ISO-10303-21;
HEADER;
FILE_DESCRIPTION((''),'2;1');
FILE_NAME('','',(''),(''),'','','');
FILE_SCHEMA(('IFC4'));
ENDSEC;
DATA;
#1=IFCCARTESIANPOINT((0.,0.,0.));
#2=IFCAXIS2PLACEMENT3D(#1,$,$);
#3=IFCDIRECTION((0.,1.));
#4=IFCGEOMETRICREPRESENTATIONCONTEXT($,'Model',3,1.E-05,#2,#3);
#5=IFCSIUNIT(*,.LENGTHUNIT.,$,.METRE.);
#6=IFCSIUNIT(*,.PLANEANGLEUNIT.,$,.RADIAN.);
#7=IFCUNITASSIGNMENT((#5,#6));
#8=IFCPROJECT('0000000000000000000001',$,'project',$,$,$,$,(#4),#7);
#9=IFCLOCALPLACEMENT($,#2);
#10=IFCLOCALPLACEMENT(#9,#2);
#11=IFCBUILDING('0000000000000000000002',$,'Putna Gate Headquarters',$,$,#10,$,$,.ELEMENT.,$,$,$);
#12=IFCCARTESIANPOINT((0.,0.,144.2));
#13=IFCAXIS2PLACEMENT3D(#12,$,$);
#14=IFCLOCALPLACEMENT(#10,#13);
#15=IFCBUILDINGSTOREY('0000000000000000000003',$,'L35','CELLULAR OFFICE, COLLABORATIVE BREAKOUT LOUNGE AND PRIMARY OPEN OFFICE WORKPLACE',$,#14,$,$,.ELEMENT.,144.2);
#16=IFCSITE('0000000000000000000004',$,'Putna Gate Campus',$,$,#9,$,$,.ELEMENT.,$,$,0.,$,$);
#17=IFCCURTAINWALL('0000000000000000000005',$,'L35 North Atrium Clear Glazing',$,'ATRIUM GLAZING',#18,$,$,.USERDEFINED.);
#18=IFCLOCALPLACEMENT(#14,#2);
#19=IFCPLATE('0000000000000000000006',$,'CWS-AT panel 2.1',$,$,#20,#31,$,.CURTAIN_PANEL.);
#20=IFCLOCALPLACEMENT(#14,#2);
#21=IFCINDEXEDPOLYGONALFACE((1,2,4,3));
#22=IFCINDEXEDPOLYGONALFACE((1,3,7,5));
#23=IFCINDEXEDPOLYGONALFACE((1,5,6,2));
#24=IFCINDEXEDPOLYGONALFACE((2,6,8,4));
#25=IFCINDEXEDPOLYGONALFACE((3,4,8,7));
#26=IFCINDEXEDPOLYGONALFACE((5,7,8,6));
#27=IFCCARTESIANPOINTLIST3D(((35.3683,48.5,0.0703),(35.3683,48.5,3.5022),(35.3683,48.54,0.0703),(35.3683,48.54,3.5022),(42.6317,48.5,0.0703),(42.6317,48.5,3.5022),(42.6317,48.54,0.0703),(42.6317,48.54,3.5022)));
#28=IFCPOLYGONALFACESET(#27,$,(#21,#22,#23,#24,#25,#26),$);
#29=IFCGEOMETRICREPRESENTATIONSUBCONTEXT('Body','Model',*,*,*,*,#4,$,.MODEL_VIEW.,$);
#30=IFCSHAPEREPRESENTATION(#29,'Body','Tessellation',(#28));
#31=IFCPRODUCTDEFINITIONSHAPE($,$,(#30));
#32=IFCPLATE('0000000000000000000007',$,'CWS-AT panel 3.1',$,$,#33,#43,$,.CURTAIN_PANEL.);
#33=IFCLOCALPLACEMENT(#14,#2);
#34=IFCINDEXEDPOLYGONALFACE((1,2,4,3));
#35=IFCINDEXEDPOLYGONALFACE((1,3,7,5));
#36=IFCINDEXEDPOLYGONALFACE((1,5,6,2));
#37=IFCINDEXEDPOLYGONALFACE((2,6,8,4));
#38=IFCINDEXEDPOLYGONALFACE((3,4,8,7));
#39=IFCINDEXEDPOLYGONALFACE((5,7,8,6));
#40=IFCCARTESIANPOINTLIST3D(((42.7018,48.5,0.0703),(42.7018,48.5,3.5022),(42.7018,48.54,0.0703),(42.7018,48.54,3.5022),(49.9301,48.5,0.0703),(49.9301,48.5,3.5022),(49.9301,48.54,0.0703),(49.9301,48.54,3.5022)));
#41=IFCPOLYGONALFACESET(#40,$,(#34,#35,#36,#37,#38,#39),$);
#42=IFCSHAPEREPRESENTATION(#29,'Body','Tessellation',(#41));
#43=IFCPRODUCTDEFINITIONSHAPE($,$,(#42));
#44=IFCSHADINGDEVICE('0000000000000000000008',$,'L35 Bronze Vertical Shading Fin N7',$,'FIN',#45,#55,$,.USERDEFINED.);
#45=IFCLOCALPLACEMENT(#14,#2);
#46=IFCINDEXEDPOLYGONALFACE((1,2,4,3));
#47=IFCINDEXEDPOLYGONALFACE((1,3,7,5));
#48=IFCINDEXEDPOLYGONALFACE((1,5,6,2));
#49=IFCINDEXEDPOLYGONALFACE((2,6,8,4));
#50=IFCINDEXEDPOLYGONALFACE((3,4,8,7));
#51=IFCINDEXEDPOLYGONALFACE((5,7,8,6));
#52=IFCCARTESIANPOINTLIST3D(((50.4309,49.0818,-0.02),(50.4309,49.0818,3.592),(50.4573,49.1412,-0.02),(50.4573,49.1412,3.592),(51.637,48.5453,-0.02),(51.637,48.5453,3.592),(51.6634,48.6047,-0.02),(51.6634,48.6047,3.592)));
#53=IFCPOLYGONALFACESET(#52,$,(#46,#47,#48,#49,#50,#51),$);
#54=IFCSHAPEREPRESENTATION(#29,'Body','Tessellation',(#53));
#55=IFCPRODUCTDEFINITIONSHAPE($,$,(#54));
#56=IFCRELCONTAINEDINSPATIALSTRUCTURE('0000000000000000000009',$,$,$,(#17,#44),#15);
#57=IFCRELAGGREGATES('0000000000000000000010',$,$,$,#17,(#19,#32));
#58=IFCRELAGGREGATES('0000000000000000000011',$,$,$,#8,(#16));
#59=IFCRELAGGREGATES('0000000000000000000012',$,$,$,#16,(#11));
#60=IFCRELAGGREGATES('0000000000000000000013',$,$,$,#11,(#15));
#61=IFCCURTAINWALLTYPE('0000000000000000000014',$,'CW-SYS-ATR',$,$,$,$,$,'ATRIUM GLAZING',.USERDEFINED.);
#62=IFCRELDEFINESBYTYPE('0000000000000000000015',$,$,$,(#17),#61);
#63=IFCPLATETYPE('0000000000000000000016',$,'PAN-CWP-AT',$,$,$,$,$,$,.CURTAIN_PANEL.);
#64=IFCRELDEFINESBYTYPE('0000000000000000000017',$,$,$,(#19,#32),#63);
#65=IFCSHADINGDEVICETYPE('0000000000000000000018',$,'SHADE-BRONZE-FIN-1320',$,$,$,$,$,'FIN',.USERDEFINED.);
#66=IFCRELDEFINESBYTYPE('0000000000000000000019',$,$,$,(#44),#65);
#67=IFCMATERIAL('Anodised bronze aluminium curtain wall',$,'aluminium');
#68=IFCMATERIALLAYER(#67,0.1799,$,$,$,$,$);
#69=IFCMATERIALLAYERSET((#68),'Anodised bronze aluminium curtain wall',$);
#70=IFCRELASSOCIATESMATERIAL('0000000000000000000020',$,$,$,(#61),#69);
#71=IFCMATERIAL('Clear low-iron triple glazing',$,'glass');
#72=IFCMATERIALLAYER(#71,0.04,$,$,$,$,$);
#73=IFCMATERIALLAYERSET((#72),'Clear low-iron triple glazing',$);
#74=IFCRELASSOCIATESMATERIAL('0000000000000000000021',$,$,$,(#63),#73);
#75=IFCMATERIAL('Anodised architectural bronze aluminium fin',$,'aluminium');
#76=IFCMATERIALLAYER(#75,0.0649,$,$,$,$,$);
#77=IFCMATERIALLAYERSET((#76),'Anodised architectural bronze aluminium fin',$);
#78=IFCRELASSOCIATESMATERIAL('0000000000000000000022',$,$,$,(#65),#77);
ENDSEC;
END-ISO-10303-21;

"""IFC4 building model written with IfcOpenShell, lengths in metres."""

from ifc_helpers import new_model, si_unit, direction, frame, origin, origin_2d, place, context, subcontext, project, spatial, rectangle, extrude, material, layer, layer_set, type_object, element, aggregate, save


model = new_model("IFC4")

# Units and contexts
model_context = context("Model", 3, precision=1e-05, world=origin(), true_north=direction((0.0, 1.0)))
body_context = subcontext(model_context, "Body", "Model", "MODEL_VIEW")
ifc_project = project(units=[si_unit("LENGTHUNIT", "METRE"), si_unit("PLANEANGLEUNIT", "RADIAN")], contexts=[model_context])

# Site, building, storey
site_placement = place(None, origin())
site = spatial("IfcSite", under=ifc_project, at=site_placement, Name="Putna Gate Campus", CompositionType="ELEMENT", RefElevation=0.0)
building_placement = place(site_placement, origin())
building = spatial("IfcBuilding", under=site, at=building_placement, Name="Putna Gate Headquarters", CompositionType="ELEMENT")
storey_placement = place(building_placement, frame((0.0, 0.0, 144.2)))
storey = spatial("IfcBuildingStorey", under=building, at=storey_placement, Name="L35", Description="CELLULAR OFFICE, COLLABORATIVE BREAKOUT LOUNGE AND PRIMARY OPEN OFFICE WORKPLACE", CompositionType="ELEMENT", Elevation=144.2)

# Shared definitions
ifc_material_1 = material(Name="Anodised bronze aluminium curtain wall", Category="aluminium")

# Curtain wall
ifc_layer_1 = layer(ifc_material_1, 0.1799)
ifc_layer_set_1 = layer_set([ifc_layer_1], Name="Anodised bronze aluminium curtain wall")
curtain_wall_type_1 = type_object("IfcCurtainWallType", Name="CW-SYS-ATR", ElementType="ATRIUM GLAZING", PredefinedType="USERDEFINED", material=ifc_layer_set_1)
curtain_wall_1_placement = place(storey_placement, origin())
curtain_wall_1 = element("IfcCurtainWall", 1, at=curtain_wall_1_placement, inside=storey, type_object=curtain_wall_type_1, Name="L35 North Atrium Clear Glazing", ObjectType="ATRIUM GLAZING", PredefinedType="USERDEFINED")

# Plates
ifc_material_2 = material(Name="Clear low-iron triple glazing", Category="glass")
ifc_layer_2 = layer(ifc_material_2, 0.04)
ifc_layer_set_2 = layer_set([ifc_layer_2], Name="Clear low-iron triple glazing")
plate_type = type_object("IfcPlateType", Name="PAN-CWP-AT", PredefinedType="CURTAIN_PANEL", material=ifc_layer_set_2)
plate_1_placement = place(storey_placement, frame((39.0, 48.52, 0.0703), z_axis=(0.0, 0.0, 1.0), x_axis=(1.0, 0.0, 0.0)))
plate_1 = element("IfcPlate", 2, at=plate_1_placement, type_object=plate_type, Name="CWS-AT panel 2.1", PredefinedType="CURTAIN_PANEL", context=body_context, shape_type="SweptSolid", body=[
    extrude(rectangle(XDim=7.2634, YDim=0.04, at=origin_2d()), origin(), (0.0, 0.0, 1.0), 3.4319),
])
plate_2_placement = place(storey_placement, frame((46.3159, 48.52, 0.0703), z_axis=(0.0, 0.0, 1.0), x_axis=(1.0, 0.0, 0.0)))
plate_2 = element("IfcPlate", 3, at=plate_2_placement, type_object=plate_type, Name="CWS-AT panel 3.1", PredefinedType="CURTAIN_PANEL", context=body_context, shape_type="SweptSolid", body=[
    extrude(rectangle(XDim=7.2283, YDim=0.04, at=origin_2d()), origin(), (0.0, 0.0, 1.0), 3.4319),
])
aggregate(curtain_wall_1, [plate_1, plate_2])

# Shading device
ifc_material_3 = material(Name="Anodised architectural bronze aluminium fin", Category="aluminium")
ifc_layer_3 = layer(ifc_material_3, 0.0649)
ifc_layer_set_3 = layer_set([ifc_layer_3], Name="Anodised architectural bronze aluminium fin")
shading_device_type = type_object("IfcShadingDeviceType", Name="SHADE-BRONZE-FIN-1320", ElementType="FIN", PredefinedType="USERDEFINED", material=ifc_layer_set_3)
shading_device_placement = place(storey_placement, frame((51.0471, 48.8433, -0.02), z_axis=(0.0, 0.0, 1.0), x_axis=(-0.913687, 0.406418, 0.0)))
element("IfcShadingDevice", 4, at=shading_device_placement, inside=storey, type_object=shading_device_type, Name="L35 Bronze Vertical Shading Fin N7", ObjectType="FIN", PredefinedType="USERDEFINED", context=body_context, shape_type="SweptSolid", body=[
    extrude(rectangle(XDim=1.3201, YDim=0.0649, at=origin_2d()), origin(), (0.0, 0.0, 1.0), 3.6121),
])

save(model, "model.ifc")
